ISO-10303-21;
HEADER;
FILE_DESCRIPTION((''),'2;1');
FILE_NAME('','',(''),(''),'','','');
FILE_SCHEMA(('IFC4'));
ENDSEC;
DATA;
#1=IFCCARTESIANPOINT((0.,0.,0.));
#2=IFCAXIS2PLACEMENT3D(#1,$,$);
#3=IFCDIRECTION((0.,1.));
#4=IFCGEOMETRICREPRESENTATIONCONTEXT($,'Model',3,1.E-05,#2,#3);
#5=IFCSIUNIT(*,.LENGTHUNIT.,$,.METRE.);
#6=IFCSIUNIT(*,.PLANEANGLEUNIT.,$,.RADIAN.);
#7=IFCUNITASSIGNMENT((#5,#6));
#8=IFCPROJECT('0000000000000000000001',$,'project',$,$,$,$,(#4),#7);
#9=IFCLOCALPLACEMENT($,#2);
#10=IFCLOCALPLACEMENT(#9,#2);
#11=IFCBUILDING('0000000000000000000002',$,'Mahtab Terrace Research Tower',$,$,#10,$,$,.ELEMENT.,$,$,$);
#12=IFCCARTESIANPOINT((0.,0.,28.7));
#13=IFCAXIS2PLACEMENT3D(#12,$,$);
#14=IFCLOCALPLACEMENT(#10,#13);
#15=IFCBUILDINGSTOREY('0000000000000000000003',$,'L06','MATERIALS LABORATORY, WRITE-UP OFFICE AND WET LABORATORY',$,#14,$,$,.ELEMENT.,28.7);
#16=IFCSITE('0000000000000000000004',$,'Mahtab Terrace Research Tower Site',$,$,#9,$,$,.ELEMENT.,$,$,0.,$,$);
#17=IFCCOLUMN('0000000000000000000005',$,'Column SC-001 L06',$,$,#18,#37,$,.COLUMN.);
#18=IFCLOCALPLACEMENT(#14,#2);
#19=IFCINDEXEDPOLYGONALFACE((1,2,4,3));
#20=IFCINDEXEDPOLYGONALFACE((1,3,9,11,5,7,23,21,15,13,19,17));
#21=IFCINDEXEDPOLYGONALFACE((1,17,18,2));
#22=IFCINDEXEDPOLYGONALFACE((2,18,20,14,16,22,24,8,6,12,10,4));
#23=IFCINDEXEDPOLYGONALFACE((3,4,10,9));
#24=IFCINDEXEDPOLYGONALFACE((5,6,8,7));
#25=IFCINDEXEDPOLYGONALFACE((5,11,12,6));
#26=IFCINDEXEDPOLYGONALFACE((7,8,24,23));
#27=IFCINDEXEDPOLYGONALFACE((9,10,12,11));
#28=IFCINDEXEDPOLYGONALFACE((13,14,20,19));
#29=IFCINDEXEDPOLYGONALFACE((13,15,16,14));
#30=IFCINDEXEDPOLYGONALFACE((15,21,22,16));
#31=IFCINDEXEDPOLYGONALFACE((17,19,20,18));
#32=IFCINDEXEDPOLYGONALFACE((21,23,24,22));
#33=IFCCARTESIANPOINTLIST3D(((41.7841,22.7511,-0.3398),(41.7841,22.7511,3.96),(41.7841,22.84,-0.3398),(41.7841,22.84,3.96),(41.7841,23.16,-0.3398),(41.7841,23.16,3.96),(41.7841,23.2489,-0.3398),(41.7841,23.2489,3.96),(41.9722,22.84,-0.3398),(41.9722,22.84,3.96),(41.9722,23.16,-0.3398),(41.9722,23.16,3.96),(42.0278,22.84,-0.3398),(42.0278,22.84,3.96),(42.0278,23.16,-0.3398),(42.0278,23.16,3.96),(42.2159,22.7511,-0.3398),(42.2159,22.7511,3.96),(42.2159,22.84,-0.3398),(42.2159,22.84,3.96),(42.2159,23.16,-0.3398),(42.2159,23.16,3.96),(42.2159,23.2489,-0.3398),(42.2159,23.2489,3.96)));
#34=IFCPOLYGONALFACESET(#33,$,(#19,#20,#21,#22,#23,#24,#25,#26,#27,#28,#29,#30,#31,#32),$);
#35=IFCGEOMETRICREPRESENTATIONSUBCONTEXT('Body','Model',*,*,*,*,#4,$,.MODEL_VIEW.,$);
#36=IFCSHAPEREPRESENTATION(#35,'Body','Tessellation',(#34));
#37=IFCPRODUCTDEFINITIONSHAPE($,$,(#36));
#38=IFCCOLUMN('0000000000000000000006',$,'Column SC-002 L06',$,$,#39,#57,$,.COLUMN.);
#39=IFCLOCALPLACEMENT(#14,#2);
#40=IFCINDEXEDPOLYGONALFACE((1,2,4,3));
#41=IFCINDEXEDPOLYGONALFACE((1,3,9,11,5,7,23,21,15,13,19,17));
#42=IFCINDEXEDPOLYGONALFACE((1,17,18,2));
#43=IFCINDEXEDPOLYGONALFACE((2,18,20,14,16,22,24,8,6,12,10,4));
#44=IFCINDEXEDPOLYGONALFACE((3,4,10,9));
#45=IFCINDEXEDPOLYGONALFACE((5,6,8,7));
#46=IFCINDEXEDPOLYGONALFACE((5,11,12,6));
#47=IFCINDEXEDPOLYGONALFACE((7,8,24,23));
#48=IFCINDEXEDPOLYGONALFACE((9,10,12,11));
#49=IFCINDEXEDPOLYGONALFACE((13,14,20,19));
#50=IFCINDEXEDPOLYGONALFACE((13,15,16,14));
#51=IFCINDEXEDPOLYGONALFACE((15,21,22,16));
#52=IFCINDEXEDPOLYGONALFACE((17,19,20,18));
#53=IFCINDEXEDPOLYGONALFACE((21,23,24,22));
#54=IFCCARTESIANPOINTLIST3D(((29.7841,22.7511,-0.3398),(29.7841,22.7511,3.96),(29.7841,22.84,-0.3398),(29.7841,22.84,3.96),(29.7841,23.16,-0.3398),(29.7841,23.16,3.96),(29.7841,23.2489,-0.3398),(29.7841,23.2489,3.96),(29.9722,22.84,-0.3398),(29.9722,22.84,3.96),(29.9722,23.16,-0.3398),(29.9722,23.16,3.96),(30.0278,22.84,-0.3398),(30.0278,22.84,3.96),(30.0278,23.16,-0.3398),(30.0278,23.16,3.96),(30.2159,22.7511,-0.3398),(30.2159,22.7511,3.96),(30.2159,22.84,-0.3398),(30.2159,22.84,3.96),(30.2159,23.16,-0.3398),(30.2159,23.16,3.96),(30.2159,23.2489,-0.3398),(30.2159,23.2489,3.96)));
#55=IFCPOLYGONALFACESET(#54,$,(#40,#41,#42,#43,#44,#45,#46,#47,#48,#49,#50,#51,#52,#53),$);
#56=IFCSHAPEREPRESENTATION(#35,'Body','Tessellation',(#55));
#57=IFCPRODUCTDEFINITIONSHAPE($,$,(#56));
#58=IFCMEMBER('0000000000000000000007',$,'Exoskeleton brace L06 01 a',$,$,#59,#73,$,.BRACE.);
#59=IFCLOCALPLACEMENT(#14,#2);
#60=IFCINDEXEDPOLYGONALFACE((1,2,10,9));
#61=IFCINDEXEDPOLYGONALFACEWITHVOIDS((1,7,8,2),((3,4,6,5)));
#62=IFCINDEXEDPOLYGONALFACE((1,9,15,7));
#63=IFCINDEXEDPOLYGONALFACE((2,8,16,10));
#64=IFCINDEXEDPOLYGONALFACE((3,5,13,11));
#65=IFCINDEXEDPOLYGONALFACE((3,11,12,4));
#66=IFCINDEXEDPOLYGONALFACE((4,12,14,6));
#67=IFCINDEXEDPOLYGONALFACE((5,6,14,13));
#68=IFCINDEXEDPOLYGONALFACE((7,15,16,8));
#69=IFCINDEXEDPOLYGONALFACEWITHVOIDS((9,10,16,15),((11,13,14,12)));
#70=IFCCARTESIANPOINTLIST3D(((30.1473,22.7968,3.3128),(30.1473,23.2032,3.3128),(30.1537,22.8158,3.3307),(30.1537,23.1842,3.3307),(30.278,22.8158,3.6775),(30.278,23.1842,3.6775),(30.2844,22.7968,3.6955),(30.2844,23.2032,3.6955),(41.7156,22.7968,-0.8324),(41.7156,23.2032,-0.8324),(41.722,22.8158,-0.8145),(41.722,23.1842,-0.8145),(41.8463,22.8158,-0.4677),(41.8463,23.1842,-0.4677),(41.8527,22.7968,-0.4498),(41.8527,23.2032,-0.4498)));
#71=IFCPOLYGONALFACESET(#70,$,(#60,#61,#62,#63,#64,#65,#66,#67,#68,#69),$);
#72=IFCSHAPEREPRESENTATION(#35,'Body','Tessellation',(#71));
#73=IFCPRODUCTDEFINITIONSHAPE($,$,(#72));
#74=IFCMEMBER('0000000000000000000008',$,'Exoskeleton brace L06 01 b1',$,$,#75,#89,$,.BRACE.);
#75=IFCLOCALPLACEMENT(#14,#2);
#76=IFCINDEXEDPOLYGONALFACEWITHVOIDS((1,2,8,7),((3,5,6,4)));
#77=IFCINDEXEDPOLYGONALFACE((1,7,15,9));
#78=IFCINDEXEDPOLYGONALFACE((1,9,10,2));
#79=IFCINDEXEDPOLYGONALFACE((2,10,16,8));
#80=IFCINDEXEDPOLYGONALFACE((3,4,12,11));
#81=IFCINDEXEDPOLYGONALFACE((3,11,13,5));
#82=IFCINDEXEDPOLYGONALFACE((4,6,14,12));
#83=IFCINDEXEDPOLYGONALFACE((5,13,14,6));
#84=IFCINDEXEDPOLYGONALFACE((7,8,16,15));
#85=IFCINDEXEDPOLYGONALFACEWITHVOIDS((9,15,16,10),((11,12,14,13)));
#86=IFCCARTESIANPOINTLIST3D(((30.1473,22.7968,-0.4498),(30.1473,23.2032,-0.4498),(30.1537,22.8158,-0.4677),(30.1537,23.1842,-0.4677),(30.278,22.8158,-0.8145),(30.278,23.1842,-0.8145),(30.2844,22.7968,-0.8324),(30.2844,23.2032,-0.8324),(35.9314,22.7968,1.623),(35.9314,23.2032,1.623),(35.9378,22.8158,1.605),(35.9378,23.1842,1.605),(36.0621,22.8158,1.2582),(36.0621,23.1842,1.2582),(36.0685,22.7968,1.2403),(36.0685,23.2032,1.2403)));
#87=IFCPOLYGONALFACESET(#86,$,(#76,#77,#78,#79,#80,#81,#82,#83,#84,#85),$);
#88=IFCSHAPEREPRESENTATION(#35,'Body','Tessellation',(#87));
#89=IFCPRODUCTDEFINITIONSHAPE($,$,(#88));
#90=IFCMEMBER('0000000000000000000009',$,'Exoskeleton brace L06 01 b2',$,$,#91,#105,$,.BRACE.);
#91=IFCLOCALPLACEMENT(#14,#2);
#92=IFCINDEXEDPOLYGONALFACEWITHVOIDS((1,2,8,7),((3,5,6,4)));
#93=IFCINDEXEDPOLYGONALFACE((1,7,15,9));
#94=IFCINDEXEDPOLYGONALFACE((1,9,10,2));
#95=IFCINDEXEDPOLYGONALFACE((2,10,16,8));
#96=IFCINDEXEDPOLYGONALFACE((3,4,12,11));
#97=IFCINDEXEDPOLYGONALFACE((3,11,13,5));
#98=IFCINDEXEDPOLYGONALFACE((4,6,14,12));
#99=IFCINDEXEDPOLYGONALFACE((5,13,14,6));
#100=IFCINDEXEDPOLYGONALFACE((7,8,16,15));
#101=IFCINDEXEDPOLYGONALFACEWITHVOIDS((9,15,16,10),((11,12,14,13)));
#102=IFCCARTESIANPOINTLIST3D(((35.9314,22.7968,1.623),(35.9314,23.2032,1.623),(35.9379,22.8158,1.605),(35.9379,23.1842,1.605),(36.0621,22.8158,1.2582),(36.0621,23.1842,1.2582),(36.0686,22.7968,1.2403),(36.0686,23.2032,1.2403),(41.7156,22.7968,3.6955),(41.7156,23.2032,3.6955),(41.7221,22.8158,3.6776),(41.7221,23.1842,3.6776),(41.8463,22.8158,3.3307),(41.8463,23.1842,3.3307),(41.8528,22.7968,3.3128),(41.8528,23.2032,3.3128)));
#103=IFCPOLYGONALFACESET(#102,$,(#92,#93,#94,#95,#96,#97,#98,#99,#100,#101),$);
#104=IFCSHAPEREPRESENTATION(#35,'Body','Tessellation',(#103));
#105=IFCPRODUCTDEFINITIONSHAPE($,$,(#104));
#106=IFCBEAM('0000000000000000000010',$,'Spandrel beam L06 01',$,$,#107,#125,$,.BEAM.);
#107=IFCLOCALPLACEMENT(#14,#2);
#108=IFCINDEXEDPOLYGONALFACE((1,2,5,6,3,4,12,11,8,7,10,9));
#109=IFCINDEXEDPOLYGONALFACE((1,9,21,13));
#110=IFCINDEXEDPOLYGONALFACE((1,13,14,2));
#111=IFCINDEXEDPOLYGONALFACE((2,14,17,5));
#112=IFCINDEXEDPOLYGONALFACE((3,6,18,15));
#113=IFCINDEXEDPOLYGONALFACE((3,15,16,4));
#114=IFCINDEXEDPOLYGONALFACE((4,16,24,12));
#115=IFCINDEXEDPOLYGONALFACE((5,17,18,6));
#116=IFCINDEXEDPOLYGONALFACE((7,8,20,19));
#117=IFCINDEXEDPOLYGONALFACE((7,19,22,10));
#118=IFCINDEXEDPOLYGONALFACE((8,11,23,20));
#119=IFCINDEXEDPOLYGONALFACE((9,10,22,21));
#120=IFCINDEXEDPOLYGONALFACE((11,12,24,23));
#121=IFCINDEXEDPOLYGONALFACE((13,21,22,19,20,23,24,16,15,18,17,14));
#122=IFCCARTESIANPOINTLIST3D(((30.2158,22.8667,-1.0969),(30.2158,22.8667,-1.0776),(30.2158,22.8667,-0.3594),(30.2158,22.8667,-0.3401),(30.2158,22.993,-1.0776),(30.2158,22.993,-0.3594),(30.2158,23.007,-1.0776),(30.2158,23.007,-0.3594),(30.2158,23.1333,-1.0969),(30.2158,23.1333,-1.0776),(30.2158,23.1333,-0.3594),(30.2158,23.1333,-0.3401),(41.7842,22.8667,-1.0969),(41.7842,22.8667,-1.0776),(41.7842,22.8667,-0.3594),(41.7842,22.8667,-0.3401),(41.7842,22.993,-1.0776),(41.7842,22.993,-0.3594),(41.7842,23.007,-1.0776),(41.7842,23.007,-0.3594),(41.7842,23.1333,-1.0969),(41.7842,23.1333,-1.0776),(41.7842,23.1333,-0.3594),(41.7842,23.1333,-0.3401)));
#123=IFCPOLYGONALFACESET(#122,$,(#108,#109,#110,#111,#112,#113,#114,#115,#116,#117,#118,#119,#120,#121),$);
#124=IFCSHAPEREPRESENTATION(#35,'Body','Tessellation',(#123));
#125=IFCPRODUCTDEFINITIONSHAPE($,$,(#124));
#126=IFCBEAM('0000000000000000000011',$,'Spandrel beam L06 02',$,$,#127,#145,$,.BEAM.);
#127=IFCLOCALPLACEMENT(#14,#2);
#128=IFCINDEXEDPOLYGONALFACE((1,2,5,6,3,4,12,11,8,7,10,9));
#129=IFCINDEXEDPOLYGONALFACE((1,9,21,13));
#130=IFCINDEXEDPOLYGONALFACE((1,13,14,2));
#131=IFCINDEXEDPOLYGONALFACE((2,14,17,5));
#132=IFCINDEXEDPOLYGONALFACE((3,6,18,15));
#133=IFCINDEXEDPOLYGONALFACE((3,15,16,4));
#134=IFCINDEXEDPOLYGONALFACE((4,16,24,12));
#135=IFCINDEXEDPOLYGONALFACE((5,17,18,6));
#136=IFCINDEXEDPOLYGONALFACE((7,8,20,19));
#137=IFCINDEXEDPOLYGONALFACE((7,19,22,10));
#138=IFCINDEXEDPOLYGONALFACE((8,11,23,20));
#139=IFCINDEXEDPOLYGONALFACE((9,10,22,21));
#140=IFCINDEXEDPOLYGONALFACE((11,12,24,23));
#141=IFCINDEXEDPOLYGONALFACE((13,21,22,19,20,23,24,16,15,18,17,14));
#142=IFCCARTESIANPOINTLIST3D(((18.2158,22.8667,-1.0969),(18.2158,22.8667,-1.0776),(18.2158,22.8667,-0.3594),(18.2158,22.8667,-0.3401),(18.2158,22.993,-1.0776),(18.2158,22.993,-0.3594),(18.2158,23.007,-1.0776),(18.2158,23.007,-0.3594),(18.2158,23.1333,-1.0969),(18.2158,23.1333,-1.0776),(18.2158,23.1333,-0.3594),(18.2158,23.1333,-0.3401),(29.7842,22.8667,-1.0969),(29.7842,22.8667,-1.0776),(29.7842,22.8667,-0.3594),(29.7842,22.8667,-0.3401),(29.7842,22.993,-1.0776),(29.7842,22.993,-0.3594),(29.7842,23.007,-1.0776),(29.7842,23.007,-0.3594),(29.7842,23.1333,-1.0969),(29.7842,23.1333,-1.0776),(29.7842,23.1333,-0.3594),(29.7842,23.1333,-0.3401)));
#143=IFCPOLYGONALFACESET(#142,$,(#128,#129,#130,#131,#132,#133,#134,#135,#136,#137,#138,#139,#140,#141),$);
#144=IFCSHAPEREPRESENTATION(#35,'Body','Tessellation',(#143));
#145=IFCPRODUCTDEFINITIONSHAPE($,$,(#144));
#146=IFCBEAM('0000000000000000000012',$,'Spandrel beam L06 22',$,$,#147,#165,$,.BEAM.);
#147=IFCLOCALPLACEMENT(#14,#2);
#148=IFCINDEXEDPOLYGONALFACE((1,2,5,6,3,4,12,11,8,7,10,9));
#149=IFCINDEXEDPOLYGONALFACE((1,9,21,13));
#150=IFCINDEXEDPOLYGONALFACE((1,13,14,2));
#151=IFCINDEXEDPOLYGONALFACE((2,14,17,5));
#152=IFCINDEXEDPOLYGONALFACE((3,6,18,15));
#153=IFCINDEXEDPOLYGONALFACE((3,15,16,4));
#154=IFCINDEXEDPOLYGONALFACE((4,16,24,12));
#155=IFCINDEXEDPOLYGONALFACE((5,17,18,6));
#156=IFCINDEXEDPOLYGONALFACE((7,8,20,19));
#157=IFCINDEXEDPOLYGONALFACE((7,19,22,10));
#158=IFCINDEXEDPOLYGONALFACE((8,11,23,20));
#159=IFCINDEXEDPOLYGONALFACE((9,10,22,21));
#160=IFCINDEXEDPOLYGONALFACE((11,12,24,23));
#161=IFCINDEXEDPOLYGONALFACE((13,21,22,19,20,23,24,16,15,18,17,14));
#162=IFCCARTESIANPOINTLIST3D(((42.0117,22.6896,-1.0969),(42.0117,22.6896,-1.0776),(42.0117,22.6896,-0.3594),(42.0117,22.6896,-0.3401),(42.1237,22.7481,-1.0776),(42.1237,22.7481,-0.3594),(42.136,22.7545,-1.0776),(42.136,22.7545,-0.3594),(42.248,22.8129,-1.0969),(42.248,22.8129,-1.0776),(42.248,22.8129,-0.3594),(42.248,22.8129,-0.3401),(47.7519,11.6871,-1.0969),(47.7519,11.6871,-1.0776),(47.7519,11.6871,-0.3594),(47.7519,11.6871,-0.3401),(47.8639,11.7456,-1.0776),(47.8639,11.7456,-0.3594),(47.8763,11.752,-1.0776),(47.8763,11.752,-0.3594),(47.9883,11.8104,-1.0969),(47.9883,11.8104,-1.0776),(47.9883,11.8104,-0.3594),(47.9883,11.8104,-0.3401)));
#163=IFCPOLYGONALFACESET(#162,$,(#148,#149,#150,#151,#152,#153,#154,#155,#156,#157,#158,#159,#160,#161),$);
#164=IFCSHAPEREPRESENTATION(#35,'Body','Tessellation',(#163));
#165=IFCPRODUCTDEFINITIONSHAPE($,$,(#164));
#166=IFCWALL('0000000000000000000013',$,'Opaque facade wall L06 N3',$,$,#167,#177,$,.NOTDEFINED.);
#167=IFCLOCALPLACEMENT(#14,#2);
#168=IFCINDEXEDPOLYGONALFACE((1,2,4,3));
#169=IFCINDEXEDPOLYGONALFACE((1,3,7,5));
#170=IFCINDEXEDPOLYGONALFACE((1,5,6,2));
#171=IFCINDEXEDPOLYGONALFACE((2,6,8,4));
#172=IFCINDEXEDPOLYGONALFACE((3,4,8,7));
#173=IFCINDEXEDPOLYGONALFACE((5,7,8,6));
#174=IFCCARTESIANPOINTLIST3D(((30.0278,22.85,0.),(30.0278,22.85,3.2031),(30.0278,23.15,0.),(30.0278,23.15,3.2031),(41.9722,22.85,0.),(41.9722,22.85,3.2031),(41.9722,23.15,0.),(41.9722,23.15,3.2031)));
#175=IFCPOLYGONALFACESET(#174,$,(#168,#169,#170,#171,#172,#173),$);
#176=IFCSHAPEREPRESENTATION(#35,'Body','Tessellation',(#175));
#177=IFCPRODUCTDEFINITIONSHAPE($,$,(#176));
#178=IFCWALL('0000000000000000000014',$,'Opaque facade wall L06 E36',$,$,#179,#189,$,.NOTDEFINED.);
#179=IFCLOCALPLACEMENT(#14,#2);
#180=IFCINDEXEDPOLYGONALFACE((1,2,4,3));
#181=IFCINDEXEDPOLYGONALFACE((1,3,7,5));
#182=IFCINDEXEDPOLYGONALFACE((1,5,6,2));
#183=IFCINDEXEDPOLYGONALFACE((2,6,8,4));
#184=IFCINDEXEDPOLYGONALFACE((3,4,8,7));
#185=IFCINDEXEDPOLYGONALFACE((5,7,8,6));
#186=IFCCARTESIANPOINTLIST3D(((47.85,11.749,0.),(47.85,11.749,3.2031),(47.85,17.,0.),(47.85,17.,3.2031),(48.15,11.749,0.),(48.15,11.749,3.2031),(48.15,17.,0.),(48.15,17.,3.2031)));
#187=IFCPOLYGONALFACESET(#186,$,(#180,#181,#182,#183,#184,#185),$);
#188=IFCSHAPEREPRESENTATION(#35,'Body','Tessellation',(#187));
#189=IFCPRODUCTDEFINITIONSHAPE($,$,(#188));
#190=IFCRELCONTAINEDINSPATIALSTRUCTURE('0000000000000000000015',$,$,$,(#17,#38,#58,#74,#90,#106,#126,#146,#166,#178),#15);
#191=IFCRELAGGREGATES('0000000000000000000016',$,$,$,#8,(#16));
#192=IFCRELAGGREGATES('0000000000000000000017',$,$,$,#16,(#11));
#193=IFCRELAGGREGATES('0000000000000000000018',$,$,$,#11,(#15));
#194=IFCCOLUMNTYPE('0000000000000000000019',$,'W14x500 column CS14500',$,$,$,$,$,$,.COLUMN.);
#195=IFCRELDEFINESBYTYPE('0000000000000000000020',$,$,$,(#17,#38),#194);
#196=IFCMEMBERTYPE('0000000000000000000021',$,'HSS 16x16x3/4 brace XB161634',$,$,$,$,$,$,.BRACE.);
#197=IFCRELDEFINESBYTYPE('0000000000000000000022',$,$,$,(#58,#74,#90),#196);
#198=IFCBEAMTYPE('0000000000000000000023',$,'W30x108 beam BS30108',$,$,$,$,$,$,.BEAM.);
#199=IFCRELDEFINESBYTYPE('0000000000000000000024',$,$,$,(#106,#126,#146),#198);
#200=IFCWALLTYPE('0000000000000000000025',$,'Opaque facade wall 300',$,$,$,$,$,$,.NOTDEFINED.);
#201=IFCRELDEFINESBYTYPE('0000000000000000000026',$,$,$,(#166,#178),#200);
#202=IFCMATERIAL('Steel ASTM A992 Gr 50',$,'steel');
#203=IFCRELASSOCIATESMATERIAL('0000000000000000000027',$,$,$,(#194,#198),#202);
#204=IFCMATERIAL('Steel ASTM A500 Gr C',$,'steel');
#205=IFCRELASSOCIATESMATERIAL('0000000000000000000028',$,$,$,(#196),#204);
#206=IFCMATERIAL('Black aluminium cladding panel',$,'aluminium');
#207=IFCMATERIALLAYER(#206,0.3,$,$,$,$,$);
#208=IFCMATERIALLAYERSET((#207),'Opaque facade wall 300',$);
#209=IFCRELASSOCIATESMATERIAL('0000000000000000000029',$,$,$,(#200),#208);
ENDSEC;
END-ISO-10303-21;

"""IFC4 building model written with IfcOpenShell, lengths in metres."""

from ifc_helpers import new_model, si_unit, direction, frame, frame_2d, origin, origin_2d, place, context, subcontext, project, spatial, rectangle, hollow_rectangle, i_section, extrude, material, layer, layer_set, material_profile, profile_set, type_object, element, save


model = new_model("IFC4")

# Units and contexts
model_context = context("Model", 3, precision=1e-05, world=origin(), true_north=direction((0.0, 1.0)))
body_context = subcontext(model_context, "Body", "Model", "MODEL_VIEW")
ifc_project = project(units=[si_unit("LENGTHUNIT", "METRE"), si_unit("PLANEANGLEUNIT", "RADIAN")], contexts=[model_context])

# Site, building, storey
site_placement = place(None, origin())
site = spatial("IfcSite", under=ifc_project, at=site_placement, Name="Mahtab Terrace Research Tower Site", CompositionType="ELEMENT", RefElevation=0.0)
building_placement = place(site_placement, origin())
building = spatial("IfcBuilding", under=site, at=building_placement, Name="Mahtab Terrace Research Tower", CompositionType="ELEMENT")
storey_placement = place(building_placement, frame((0.0, 0.0, 28.7)))
storey = spatial("IfcBuildingStorey", under=building, at=storey_placement, Name="L06", Description="MATERIALS LABORATORY, WRITE-UP OFFICE AND WET LABORATORY", CompositionType="ELEMENT", Elevation=28.7)

# Columns
ifc_material_1 = material(Name="Steel ASTM A992 Gr 50", Category="steel")
ifc_material_profile_1 = material_profile(ifc_material_1, i_section(OverallWidth=0.4319, OverallDepth=0.4978, WebThickness=0.0557, FlangeThickness=0.0889, at=origin_2d()), Name="W14X500")
ifc_profile_set_1 = profile_set([ifc_material_profile_1], Name="Steel ASTM A992 Gr 50")
column_type = type_object("IfcColumnType", Name="W14x500 column CS14500", PredefinedType="COLUMN", material=ifc_profile_set_1)
for number, where, z_axis, x_axis, name in (
    (1, (42.0, 23.0, -0.3398), (0.0, 0.0, 1.0), (1.0, 0.0, 0.0), "Column SC-001 L06"),
    (2, (30.0, 23.0, -0.3398), (0.0, 0.0, 1.0), (1.0, 0.0, 0.0), "Column SC-002 L06"),
):
    element("IfcColumn", number, at=place(storey_placement, frame(where, z_axis=z_axis, x_axis=x_axis)), inside=storey, type_object=column_type, Name=name, PredefinedType="COLUMN", context=body_context, shape_type="SweptSolid", body=[
        extrude(i_section(OverallWidth=0.4319, OverallDepth=0.4978, WebThickness=0.0557, FlangeThickness=0.0889, at=origin_2d()), origin(), (0.0, 0.0, 1.0), 4.2998),
    ])

# Members
ifc_material_2 = material(Name="Steel ASTM A500 Gr C", Category="steel")
ifc_material_profile_2 = material_profile(ifc_material_2, hollow_rectangle(XDim=0.4065, YDim=0.4065, WallThickness=0.019, at=origin_2d()), Name="HSS16X16X3/4")
ifc_profile_set_2 = profile_set([ifc_material_profile_2], Name="Steel ASTM A500 Gr C")
member_type = type_object("IfcMemberType", Name="HSS 16x16x3/4 brace XB161634", PredefinedType="BRACE", material=ifc_profile_set_2)
member_placement = place(storey_placement, frame((41.7842, 23.0, -0.6411), z_axis=(-0.941388, 0.0, 0.337325), x_axis=(0.0, -1.0, 0.0)))
element("IfcMember", 3, at=member_placement, inside=storey, type_object=member_type, Name="Exoskeleton brace L06 01 a", PredefinedType="BRACE", context=body_context, shape_type="SweptSolid", body=[
    extrude(hollow_rectangle(XDim=0.4065, YDim=0.4065, WallThickness=0.019, at=origin_2d()), origin(), (0.0, 0.0, 1.0), 12.2886),
])
for number, where, z_axis, x_axis, name in (
    (4, (30.2158, 23.0, -0.6411), (0.941382, 0.0, 0.337343), (0.0, 1.0, 0.0), "Exoskeleton brace L06 01 b1"),
    (5, (36.0, 23.0, 1.4316), (0.941394, 0.0, 0.337308), (0.0, 1.0, 0.0), "Exoskeleton brace L06 01 b2"),
):
    element("IfcMember", number, at=place(storey_placement, frame(where, z_axis=z_axis, x_axis=x_axis)), inside=storey, type_object=member_type, Name=name, PredefinedType="BRACE", context=body_context, shape_type="SweptSolid", body=[
        extrude(hollow_rectangle(XDim=0.4065, YDim=0.4065, WallThickness=0.019, at=origin_2d()), origin(), (0.0, 0.0, 1.0), 6.1443),
    ])

# Beams
ifc_material_profile_3 = material_profile(ifc_material_1, i_section(OverallWidth=0.2666, OverallDepth=0.7568, WebThickness=0.0139, FlangeThickness=0.0193, at=origin_2d()), Name="W30X108")
ifc_profile_set_3 = profile_set([ifc_material_profile_3], Name="Steel ASTM A992 Gr 50")
beam_type = type_object("IfcBeamType", Name="W30x108 beam BS30108", PredefinedType="BEAM", material=ifc_profile_set_3)
for number, where, z_axis, x_axis, name in (
    (6, (41.7842, 23.0, -0.7185), (-1.0, 0.0, 0.0), (0.0, -1.0, 0.0), "Spandrel beam L06 01"),
    (7, (29.7842, 23.0, -0.7185), (-1.0, 0.0, 0.0), (0.0, -1.0, 0.0), "Spandrel beam L06 02"),
):
    element("IfcBeam", number, at=place(storey_placement, frame(where, z_axis=z_axis, x_axis=x_axis)), inside=storey, type_object=beam_type, Name=name, PredefinedType="BEAM", context=body_context, shape_type="SweptSolid", body=[
        extrude(i_section(OverallWidth=0.2666, OverallDepth=0.7568, WebThickness=0.0139, FlangeThickness=0.0193, at=origin_2d()), origin(), (0.0, 0.0, 1.0), 11.5684),
    ])
beam_placement = place(storey_placement, frame((47.8701, 11.7488, -0.7185), z_axis=(-0.462555, 0.88659, 0.0), x_axis=(-0.88659, -0.462555, 0.0)))
element("IfcBeam", 8, at=beam_placement, inside=storey, type_object=beam_type, Name="Spandrel beam L06 22", PredefinedType="BEAM", context=body_context, shape_type="SweptSolid", body=[
    extrude(i_section(OverallWidth=0.2666, OverallDepth=0.7568, WebThickness=0.0139, FlangeThickness=0.0193, at=origin_2d()), origin(), (0.0, 0.0, 1.0), 12.4099),
])

# Walls
ifc_material_3 = material(Name="Black aluminium cladding panel", Category="aluminium")
ifc_layer_1 = layer(ifc_material_3, 0.3)
ifc_layer_set_1 = layer_set([ifc_layer_1], Name="Opaque facade wall 300")
wall_type_1 = type_object("IfcWallType", Name="Opaque facade wall 300", PredefinedType="NOTDEFINED", material=ifc_layer_set_1)
wall_1_placement = place(storey_placement, frame((41.9722, 23.0, 0.0), z_axis=(0.0, 0.0, 1.0), x_axis=(-1.0, 0.0, 0.0)))
element("IfcWall", 9, at=wall_1_placement, inside=storey, type_object=wall_type_1, Name="Opaque facade wall L06 N3", PredefinedType="NOTDEFINED", context=body_context, shape_type="SweptSolid", body=[
    extrude(rectangle(XDim=11.9443, YDim=0.3, at=frame_2d((5.9722, 0.0))), origin(), (0.0, 0.0, 1.0), 3.2031),
])
wall_2_placement = place(storey_placement, frame((48.0, 11.749, 0.0), z_axis=(0.0, 0.0, 1.0), x_axis=(0.0, 1.0, 0.0)))
element("IfcWall", 10, at=wall_2_placement, inside=storey, type_object=wall_type_1, Name="Opaque facade wall L06 E36", PredefinedType="NOTDEFINED", context=body_context, shape_type="SweptSolid", body=[
    extrude(rectangle(XDim=5.251, YDim=0.3, at=frame_2d((2.6255, 0.0))), origin(), (0.0, 0.0, 1.0), 3.2031),
])

save(model, "model.ifc")
